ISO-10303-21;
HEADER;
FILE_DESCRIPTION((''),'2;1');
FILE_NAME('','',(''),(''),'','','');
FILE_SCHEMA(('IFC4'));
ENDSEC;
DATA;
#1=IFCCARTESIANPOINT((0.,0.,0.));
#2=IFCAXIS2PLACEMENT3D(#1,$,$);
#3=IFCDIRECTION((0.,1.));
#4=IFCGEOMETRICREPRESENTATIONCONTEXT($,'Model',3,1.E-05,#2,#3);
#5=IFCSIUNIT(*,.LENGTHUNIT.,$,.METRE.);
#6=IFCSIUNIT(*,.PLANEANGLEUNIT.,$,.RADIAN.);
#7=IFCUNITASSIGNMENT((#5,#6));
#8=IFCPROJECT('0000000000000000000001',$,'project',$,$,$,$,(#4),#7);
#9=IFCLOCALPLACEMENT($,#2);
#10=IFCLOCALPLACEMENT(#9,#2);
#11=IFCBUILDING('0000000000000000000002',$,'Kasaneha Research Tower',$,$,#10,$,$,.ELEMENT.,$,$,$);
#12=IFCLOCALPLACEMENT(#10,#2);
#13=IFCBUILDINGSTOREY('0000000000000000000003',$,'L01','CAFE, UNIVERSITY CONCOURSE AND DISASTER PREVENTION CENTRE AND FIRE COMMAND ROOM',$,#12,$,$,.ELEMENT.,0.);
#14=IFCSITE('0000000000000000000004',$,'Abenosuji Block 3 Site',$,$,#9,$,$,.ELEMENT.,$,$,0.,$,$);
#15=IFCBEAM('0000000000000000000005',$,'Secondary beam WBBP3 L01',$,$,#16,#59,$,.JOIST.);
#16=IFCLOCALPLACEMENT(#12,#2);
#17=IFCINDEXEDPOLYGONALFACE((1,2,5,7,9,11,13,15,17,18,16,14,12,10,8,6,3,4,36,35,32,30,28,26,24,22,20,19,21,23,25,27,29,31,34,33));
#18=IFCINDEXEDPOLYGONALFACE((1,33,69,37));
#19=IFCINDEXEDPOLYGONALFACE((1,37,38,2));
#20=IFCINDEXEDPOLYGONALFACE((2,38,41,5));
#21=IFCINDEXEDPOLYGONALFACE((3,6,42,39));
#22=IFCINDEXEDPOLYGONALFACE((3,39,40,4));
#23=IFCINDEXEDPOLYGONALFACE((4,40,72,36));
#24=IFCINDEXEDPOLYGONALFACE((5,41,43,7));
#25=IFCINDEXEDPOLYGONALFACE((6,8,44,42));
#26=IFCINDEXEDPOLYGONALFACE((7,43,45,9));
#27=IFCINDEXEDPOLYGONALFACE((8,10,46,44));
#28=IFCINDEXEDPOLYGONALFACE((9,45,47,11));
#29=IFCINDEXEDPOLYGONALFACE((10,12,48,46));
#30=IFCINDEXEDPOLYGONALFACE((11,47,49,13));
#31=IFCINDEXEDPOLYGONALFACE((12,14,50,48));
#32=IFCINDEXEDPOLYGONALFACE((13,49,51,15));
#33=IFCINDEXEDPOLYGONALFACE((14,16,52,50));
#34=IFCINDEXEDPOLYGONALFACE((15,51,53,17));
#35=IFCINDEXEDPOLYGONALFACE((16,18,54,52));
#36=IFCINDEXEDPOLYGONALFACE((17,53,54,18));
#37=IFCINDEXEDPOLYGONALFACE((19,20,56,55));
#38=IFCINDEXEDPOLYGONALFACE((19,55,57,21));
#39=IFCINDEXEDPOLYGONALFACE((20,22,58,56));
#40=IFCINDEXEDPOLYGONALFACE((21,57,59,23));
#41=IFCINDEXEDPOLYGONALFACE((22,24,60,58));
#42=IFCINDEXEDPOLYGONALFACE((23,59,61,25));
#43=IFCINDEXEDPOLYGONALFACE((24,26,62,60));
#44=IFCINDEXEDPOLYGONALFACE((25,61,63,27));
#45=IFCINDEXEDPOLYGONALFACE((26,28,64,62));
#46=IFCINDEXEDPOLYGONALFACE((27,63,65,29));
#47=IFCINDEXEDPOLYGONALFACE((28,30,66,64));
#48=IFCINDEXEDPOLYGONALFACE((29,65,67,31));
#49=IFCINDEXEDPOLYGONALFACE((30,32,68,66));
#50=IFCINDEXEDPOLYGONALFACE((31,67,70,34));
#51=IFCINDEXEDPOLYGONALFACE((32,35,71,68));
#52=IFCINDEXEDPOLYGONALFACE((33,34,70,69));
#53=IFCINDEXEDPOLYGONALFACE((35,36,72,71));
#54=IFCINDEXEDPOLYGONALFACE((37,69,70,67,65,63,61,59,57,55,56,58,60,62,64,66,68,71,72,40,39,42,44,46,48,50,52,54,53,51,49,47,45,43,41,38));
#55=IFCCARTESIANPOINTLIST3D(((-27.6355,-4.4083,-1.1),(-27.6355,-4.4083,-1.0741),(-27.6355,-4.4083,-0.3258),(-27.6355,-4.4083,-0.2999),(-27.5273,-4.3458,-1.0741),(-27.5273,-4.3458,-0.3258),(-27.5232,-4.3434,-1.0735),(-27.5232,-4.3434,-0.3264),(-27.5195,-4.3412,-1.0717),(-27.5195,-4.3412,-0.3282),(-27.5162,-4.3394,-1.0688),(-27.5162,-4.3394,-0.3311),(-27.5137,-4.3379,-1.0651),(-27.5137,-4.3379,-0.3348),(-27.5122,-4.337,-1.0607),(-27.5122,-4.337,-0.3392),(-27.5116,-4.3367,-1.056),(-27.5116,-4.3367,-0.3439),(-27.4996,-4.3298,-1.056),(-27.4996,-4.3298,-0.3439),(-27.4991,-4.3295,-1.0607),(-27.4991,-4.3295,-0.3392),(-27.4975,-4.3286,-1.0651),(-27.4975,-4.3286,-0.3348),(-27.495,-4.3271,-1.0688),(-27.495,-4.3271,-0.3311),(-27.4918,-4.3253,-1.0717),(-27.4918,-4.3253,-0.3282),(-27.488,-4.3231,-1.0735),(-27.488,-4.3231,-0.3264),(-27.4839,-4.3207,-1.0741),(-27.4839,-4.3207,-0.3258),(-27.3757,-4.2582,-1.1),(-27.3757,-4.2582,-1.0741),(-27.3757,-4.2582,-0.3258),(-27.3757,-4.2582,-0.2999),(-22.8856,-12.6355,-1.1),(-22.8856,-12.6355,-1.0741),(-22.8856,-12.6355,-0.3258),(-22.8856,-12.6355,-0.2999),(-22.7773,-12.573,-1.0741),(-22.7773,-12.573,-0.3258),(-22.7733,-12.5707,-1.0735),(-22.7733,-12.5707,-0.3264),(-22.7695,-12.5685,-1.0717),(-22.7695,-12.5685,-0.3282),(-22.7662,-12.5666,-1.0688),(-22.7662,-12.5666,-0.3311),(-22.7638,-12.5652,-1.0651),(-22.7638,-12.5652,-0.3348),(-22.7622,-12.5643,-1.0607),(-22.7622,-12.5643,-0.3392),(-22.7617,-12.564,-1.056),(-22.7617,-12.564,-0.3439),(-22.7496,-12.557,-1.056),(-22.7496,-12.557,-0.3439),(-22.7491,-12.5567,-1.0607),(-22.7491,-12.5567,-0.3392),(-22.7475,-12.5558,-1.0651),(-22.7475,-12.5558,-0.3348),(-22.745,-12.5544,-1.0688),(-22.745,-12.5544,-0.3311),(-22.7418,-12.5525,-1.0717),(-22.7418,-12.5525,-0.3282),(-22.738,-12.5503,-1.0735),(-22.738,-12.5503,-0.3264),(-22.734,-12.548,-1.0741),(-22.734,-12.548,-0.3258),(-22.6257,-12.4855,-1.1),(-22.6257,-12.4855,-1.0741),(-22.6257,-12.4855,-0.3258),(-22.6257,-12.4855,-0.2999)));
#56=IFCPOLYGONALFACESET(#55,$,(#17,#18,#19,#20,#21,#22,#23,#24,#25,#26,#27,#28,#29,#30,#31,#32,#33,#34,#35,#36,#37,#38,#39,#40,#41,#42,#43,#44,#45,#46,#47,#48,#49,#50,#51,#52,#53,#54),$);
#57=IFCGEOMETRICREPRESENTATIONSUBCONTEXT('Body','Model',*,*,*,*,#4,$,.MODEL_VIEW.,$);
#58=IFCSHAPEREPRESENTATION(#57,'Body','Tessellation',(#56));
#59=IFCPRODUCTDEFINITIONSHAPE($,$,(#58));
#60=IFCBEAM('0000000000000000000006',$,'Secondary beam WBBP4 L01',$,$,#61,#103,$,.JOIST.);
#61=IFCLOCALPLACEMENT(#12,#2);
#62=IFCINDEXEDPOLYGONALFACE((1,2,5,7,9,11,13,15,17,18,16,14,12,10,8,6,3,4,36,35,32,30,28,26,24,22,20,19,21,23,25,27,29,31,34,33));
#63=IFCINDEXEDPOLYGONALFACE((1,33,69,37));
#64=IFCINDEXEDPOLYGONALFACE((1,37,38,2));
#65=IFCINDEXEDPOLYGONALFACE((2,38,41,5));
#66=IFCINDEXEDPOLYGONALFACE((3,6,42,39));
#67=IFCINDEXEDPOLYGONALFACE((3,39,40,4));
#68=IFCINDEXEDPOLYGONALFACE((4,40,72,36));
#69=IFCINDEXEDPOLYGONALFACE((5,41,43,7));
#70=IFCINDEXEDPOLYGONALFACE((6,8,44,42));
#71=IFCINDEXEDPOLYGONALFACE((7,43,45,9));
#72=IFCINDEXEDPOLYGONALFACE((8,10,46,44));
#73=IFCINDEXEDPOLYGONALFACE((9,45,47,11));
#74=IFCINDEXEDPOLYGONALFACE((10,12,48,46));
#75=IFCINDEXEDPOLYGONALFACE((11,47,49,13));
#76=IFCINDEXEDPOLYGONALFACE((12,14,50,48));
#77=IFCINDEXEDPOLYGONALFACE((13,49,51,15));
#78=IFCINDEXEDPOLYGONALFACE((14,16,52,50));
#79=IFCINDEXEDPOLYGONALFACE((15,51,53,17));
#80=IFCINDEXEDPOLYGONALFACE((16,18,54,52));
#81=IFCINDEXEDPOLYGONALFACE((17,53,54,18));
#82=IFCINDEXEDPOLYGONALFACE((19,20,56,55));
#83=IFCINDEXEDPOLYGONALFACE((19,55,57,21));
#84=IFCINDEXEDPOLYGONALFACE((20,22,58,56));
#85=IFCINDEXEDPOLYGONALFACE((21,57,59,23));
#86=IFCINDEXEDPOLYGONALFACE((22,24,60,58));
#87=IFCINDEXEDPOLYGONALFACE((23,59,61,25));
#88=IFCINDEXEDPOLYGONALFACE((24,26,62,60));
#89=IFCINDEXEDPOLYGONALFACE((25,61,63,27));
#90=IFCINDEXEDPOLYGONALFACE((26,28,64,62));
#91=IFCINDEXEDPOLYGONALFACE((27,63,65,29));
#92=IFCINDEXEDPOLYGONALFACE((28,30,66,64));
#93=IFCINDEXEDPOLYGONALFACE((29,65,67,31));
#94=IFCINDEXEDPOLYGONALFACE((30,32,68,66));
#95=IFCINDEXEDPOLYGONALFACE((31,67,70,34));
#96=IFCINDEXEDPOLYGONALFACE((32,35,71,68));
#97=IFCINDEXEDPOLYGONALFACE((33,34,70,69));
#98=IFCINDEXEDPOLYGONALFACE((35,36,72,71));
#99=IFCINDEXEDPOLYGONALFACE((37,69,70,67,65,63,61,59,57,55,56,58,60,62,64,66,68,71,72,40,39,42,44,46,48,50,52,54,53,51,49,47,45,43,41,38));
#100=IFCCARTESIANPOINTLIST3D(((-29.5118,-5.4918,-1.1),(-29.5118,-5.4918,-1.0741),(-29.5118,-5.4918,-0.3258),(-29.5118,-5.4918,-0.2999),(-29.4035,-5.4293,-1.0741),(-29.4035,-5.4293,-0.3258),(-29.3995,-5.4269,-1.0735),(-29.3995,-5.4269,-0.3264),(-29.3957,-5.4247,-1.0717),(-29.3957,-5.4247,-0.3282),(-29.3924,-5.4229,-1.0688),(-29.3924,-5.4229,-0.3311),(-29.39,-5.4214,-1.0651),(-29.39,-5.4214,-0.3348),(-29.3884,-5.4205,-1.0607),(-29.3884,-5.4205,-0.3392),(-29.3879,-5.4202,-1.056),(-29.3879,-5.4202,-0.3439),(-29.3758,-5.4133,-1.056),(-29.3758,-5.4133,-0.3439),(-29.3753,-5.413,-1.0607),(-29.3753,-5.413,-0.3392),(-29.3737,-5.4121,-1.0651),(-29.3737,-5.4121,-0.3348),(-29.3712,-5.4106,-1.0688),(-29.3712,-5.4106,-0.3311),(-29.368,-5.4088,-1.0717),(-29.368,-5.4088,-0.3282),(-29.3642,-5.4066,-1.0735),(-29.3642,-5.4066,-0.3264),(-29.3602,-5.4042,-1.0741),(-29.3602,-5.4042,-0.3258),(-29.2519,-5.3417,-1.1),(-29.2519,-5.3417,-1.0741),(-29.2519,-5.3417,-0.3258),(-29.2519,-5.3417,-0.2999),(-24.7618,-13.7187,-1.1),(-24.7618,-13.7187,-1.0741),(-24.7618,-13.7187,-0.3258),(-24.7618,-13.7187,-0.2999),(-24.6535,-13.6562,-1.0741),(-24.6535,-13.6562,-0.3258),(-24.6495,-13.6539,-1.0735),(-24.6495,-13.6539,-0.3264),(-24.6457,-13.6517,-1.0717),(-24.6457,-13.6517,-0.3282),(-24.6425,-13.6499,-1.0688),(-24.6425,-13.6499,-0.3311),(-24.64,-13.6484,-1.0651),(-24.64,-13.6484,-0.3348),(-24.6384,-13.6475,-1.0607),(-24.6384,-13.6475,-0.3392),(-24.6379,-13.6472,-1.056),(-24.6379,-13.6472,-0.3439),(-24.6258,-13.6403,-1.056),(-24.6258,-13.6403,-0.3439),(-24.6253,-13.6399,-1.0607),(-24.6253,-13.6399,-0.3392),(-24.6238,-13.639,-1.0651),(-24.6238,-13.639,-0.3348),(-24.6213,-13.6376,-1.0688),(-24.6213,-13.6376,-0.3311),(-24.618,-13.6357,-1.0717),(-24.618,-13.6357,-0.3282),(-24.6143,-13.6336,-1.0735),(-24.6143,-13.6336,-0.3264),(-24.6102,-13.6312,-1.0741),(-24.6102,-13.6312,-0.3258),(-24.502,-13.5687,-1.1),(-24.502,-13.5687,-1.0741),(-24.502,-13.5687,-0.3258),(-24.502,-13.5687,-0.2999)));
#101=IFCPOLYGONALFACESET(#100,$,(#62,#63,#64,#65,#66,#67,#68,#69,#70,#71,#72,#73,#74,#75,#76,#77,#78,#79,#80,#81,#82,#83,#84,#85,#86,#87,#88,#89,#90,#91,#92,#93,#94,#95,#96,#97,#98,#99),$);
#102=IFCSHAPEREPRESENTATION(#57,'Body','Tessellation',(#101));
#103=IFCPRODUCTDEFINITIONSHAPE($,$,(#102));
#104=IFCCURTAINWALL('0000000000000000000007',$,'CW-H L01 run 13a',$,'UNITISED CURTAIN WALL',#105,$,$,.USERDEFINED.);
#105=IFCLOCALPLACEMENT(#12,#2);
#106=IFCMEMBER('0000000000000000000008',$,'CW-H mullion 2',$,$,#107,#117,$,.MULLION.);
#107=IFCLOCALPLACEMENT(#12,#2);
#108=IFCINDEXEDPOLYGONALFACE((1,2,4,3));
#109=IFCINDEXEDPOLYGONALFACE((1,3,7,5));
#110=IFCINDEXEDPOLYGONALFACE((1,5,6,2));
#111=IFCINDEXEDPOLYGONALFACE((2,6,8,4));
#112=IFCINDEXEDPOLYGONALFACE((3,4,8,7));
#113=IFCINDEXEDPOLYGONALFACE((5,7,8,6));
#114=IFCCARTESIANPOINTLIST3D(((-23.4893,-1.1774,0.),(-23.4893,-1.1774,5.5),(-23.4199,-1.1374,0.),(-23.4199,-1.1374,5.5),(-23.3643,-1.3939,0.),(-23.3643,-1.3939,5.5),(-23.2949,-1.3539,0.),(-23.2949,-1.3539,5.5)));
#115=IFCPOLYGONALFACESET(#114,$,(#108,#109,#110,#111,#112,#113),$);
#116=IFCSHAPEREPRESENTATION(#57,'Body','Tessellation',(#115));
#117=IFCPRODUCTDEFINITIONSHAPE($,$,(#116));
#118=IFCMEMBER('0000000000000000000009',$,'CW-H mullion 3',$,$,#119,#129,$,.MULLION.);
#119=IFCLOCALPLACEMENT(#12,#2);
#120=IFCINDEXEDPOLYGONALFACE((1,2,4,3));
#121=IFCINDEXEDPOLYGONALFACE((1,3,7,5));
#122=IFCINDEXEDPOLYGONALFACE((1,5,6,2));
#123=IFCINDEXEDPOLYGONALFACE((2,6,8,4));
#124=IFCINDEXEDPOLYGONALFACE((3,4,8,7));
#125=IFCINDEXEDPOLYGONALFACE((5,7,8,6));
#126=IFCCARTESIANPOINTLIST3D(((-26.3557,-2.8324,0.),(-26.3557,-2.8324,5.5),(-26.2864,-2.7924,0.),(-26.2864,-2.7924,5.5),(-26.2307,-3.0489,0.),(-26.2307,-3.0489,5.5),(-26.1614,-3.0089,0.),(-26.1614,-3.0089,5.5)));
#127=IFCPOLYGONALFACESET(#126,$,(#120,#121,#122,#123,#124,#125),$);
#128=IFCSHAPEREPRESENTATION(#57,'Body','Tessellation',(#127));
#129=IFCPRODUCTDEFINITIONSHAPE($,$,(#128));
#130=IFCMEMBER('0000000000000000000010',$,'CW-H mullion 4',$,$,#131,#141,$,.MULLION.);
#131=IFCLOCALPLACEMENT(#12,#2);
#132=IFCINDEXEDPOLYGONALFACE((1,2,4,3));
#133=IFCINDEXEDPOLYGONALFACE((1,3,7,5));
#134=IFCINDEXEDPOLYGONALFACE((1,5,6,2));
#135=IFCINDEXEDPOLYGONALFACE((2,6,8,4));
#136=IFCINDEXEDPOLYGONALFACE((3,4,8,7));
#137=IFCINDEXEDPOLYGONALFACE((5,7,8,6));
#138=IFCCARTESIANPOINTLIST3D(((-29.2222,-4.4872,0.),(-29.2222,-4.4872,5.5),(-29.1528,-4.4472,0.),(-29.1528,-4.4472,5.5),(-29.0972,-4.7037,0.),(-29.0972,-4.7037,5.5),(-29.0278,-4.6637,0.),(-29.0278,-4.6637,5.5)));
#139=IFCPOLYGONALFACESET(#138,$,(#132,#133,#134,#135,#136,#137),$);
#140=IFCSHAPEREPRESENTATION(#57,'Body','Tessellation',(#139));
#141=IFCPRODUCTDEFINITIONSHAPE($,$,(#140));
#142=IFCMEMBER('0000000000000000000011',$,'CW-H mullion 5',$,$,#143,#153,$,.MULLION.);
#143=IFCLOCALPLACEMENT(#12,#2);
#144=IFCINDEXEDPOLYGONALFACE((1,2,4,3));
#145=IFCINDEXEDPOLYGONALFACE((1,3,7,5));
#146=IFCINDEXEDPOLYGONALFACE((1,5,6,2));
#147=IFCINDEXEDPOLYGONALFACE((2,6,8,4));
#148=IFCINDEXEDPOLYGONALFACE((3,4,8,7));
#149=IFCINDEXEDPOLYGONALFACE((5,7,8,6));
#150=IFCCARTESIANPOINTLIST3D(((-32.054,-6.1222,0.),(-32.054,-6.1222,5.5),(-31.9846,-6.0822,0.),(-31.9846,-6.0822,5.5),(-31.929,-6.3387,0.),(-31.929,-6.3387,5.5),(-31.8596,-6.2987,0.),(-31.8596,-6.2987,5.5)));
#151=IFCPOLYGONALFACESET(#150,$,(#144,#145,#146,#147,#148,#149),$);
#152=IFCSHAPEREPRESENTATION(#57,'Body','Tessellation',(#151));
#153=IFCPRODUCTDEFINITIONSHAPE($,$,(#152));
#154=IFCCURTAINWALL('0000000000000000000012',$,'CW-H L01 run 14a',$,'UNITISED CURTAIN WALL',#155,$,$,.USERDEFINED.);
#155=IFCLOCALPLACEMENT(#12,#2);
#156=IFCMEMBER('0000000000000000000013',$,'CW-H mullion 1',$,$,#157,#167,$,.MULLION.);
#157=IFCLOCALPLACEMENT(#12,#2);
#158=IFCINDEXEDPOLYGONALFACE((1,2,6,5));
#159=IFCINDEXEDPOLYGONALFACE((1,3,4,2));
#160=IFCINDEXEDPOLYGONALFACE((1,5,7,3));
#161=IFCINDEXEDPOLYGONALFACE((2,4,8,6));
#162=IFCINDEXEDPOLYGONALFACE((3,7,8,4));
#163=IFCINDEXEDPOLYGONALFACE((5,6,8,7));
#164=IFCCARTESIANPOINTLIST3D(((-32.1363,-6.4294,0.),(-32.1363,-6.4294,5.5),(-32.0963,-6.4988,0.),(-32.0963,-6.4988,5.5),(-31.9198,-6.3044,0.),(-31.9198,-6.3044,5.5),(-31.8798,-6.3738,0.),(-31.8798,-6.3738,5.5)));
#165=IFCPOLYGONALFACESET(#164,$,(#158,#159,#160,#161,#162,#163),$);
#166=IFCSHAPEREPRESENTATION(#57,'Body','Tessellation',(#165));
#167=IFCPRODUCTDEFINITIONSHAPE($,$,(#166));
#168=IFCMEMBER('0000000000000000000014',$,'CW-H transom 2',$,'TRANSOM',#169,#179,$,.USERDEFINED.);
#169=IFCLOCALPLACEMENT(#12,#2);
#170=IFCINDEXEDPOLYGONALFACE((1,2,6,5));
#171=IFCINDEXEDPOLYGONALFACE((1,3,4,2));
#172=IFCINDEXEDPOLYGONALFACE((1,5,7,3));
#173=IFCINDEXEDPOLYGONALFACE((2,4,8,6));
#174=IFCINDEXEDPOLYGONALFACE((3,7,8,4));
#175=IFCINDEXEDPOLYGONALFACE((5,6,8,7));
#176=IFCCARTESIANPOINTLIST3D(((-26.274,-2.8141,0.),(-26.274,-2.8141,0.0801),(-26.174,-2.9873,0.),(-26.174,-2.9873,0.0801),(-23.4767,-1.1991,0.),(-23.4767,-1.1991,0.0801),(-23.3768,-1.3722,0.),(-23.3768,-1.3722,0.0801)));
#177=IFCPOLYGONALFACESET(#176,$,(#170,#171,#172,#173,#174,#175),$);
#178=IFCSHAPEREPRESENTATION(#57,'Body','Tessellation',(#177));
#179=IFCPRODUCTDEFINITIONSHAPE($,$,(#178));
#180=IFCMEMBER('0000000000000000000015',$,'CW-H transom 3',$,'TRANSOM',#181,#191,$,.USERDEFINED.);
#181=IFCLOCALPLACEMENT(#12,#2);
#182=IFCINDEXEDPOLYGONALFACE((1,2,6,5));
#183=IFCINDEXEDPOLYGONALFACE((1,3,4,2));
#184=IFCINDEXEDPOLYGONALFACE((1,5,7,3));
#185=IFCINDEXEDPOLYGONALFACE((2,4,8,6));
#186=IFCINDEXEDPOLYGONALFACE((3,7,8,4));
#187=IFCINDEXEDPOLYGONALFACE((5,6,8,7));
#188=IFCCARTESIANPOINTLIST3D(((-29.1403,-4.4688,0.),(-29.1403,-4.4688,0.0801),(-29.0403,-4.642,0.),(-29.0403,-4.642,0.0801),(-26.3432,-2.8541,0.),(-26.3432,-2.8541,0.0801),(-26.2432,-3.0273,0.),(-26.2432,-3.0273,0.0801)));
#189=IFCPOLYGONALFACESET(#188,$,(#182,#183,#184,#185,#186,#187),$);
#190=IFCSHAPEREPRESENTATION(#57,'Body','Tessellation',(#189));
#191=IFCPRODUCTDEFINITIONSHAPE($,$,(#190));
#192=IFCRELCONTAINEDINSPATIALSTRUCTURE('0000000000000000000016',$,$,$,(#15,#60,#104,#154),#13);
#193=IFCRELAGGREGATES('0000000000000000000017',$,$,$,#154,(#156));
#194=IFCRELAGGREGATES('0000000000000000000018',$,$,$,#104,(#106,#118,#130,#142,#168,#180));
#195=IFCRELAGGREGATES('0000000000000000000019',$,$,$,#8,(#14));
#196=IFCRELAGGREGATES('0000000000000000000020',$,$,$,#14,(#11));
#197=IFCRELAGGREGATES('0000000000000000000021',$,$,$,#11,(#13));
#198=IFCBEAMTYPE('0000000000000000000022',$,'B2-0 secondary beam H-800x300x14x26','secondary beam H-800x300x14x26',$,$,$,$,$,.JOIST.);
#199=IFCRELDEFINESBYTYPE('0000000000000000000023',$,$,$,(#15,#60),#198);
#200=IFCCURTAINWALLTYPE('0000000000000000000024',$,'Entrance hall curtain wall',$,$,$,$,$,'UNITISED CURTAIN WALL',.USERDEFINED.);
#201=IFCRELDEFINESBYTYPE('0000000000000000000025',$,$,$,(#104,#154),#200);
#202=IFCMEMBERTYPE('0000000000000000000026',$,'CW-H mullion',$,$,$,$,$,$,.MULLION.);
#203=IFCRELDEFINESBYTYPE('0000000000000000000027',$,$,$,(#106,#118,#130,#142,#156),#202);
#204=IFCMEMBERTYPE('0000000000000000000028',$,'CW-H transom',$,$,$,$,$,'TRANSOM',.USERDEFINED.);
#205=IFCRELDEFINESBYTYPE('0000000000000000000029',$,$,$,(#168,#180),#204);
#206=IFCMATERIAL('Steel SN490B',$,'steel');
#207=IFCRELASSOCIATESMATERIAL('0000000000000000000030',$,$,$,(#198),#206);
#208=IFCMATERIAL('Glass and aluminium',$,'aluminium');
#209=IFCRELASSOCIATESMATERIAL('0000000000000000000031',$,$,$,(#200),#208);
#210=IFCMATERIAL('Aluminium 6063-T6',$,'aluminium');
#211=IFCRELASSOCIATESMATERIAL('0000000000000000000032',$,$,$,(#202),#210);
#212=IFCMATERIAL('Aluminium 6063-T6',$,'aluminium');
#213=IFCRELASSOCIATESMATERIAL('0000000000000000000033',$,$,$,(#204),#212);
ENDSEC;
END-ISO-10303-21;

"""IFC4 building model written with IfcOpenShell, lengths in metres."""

from ifc_helpers import new_model, si_unit, direction, frame, origin, origin_2d, place, context, subcontext, project, spatial, rectangle, i_section, extrude, material, material_profile, profile_set, type_object, element, aggregate, save


model = new_model("IFC4")

# Units and contexts
model_context = context("Model", 3, precision=1e-05, world=origin(), true_north=direction((0.0, 1.0)))
body_context = subcontext(model_context, "Body", "Model", "MODEL_VIEW")
ifc_project = project(units=[si_unit("LENGTHUNIT", "METRE"), si_unit("PLANEANGLEUNIT", "RADIAN")], contexts=[model_context])

# Site, building, storey
site_placement = place(None, origin())
site = spatial("IfcSite", under=ifc_project, at=site_placement, Name="Abenosuji Block 3 Site", CompositionType="ELEMENT", RefElevation=0.0)
building_placement = place(site_placement, origin())
building = spatial("IfcBuilding", under=site, at=building_placement, Name="Kasaneha Research Tower", CompositionType="ELEMENT")
storey_placement = place(building_placement, origin())
storey = spatial("IfcBuildingStorey", under=building, at=storey_placement, Name="L01", Description="CAFE, UNIVERSITY CONCOURSE AND DISASTER PREVENTION CENTRE AND FIRE COMMAND ROOM", CompositionType="ELEMENT", Elevation=0.0)

# Beams
ifc_material_1 = material(Name="Steel SN490B", Category="steel")
ifc_material_profile_1 = material_profile(ifc_material_1, i_section(OverallWidth=0.3, OverallDepth=0.8, WebThickness=0.0139, FlangeThickness=0.0259, FilletRadius=0.0181, at=origin_2d()), Name="H-800x300x14x26")
ifc_profile_set_1 = profile_set([ifc_material_profile_1], Name="Steel SN490B")
beam_type_1 = type_object("IfcBeamType", Name="B2-0 secondary beam H-800x300x14x26", Description="secondary beam H-800x300x14x26", PredefinedType="JOIST", material=ifc_profile_set_1)
beam_1_placement = place(storey_placement, frame((-27.5056, -4.3333, -0.7), z_axis=(0.499998, -0.866027, 0.0), x_axis=(0.866027, 0.499998, 0.0)))
element("IfcBeam", 1, at=beam_1_placement, inside=storey, type_object=beam_type_1, Name="Secondary beam WBBP3 L01", PredefinedType="JOIST", context=body_context, shape_type="SweptSolid", body=[
    extrude(i_section(OverallWidth=0.3, OverallDepth=0.8, WebThickness=0.0139, FlangeThickness=0.0259, FilletRadius=0.0181, at=origin_2d()), origin(), (0.0, 0.0, 1.0), 9.5),
])
beam_2_placement = place(storey_placement, frame((-29.3818, -5.4167, -0.7), z_axis=(0.500009, -0.86602, 0.0), x_axis=(0.86602, 0.500009, 0.0)))
element("IfcBeam", 2, at=beam_2_placement, inside=storey, type_object=beam_type_1, Name="Secondary beam WBBP4 L01", PredefinedType="JOIST", context=body_context, shape_type="SweptSolid", body=[
    extrude(i_section(OverallWidth=0.3, OverallDepth=0.8, WebThickness=0.0139, FlangeThickness=0.0259, FilletRadius=0.0181, at=origin_2d()), origin(), (0.0, 0.0, 1.0), 9.4998),
])

# Curtain wall, members
ifc_material_2 = material(Name="Glass and aluminium", Category="aluminium")
curtain_wall_type = type_object("IfcCurtainWallType", Name="Entrance hall curtain wall", ElementType="UNITISED CURTAIN WALL", PredefinedType="USERDEFINED", material=ifc_material_2)
curtain_wall_1_placement = place(storey_placement, origin())
curtain_wall_1 = element("IfcCurtainWall", 3, at=curtain_wall_1_placement, inside=storey, type_object=curtain_wall_type, Name="CW-H L01 run 13a", ObjectType="UNITISED CURTAIN WALL", PredefinedType="USERDEFINED")
ifc_material_3 = material(Name="Aluminium 6063-T6", Category="aluminium")
ifc_material_profile_2 = material_profile(ifc_material_3, rectangle(XDim=0.0801, YDim=0.25, at=origin_2d()), Name="CW-H mullion 80x250")
ifc_profile_set_2 = profile_set([ifc_material_profile_2], Name="Aluminium 6063-T6")
member_type_1 = type_object("IfcMemberType", Name="CW-H mullion", PredefinedType="MULLION", material=ifc_profile_set_2)
member_1_placement = place(storey_placement, frame((-23.3921, -1.2656, 0.0), z_axis=(0.0, 0.0, 1.0), x_axis=(-0.866025, -0.5, 0.0)))
member_1 = element("IfcMember", 4, at=member_1_placement, type_object=member_type_1, Name="CW-H mullion 2", PredefinedType="MULLION", context=body_context, shape_type="SweptSolid", body=[
    extrude(rectangle(XDim=0.0801, YDim=0.25, at=origin_2d()), origin(), (0.0, 0.0, 1.0), 5.5),
])
member_2_placement = place(storey_placement, frame((-26.2585, -2.9207, 0.0), z_axis=(0.0, 0.0, 1.0), x_axis=(-0.866025, -0.5, 0.0)))
member_2 = element("IfcMember", 5, at=member_2_placement, type_object=member_type_1, Name="CW-H mullion 3", PredefinedType="MULLION", context=body_context, shape_type="SweptSolid", body=[
    extrude(rectangle(XDim=0.0801, YDim=0.25, at=origin_2d()), origin(), (0.0, 0.0, 1.0), 5.5),
])
member_3_placement = place(storey_placement, frame((-29.125, -4.5754, 0.0), z_axis=(0.0, 0.0, 1.0), x_axis=(-0.866025, -0.5, 0.0)))
member_3 = element("IfcMember", 6, at=member_3_placement, type_object=member_type_1, Name="CW-H mullion 4", PredefinedType="MULLION", context=body_context, shape_type="SweptSolid", body=[
    extrude(rectangle(XDim=0.0801, YDim=0.25, at=origin_2d()), origin(), (0.0, 0.0, 1.0), 5.5),
])
member_4_placement = place(storey_placement, frame((-31.9568, -6.2104, 0.0), z_axis=(0.0, 0.0, 1.0), x_axis=(-0.866025, -0.5, 0.0)))
member_4 = element("IfcMember", 7, at=member_4_placement, type_object=member_type_1, Name="CW-H mullion 5", PredefinedType="MULLION", context=body_context, shape_type="SweptSolid", body=[
    extrude(rectangle(XDim=0.0801, YDim=0.25, at=origin_2d()), origin(), (0.0, 0.0, 1.0), 5.5),
])

# Curtain wall, member
curtain_wall_2_placement = place(storey_placement, origin())
curtain_wall_2 = element("IfcCurtainWall", 8, at=curtain_wall_2_placement, inside=storey, type_object=curtain_wall_type, Name="CW-H L01 run 14a", ObjectType="UNITISED CURTAIN WALL", PredefinedType="USERDEFINED")
member_5_placement = place(storey_placement, frame((-32.0081, -6.4016, 0.0), z_axis=(0.0, 0.0, 1.0), x_axis=(0.5, -0.866025, 0.0)))
member_5 = element("IfcMember", 9, at=member_5_placement, type_object=member_type_1, Name="CW-H mullion 1", PredefinedType="MULLION", context=body_context, shape_type="SweptSolid", body=[
    extrude(rectangle(XDim=0.0801, YDim=0.25, at=origin_2d()), origin(), (0.0, 0.0, 1.0), 5.5),
])

# Members
ifc_material_4 = material(Name="Aluminium 6063-T6", Category="aluminium")
ifc_material_profile_3 = material_profile(ifc_material_4, rectangle(XDim=0.2, YDim=0.0801, at=origin_2d()), Name="CW-H transom 200x80")
ifc_profile_set_3 = profile_set([ifc_material_profile_3], Name="Aluminium 6063-T6")
member_type_2 = type_object("IfcMemberType", Name="CW-H transom", ElementType="TRANSOM", PredefinedType="USERDEFINED", material=ifc_profile_set_3)
member_6_placement = place(storey_placement, frame((-23.4268, -1.2856, 0.04), z_axis=(-0.866016, -0.500017, 0.0), x_axis=(0.500017, -0.866016, 0.0)))
member_6 = element("IfcMember", 10, at=member_6_placement, type_object=member_type_2, Name="CW-H transom 2", ObjectType="TRANSOM", PredefinedType="USERDEFINED", context=body_context, shape_type="SweptSolid", body=[
    extrude(rectangle(XDim=0.2, YDim=0.0801, at=origin_2d()), origin(), (0.0, 0.0, 1.0), 3.23),
])
member_7_placement = place(storey_placement, frame((-26.2932, -2.9407, 0.04), z_axis=(-0.866048, -0.49996, 0.0), x_axis=(0.49996, -0.866048, 0.0)))
member_7 = element("IfcMember", 11, at=member_7_placement, type_object=member_type_2, Name="CW-H transom 3", ObjectType="TRANSOM", PredefinedType="USERDEFINED", context=body_context, shape_type="SweptSolid", body=[
    extrude(rectangle(XDim=0.2, YDim=0.0801, at=origin_2d()), origin(), (0.0, 0.0, 1.0), 3.2297),
])
aggregate(curtain_wall_2, [member_5])

aggregate(curtain_wall_1, [member_1, member_2, member_3, member_4, member_6, member_7])

save(model, "model.ifc")
